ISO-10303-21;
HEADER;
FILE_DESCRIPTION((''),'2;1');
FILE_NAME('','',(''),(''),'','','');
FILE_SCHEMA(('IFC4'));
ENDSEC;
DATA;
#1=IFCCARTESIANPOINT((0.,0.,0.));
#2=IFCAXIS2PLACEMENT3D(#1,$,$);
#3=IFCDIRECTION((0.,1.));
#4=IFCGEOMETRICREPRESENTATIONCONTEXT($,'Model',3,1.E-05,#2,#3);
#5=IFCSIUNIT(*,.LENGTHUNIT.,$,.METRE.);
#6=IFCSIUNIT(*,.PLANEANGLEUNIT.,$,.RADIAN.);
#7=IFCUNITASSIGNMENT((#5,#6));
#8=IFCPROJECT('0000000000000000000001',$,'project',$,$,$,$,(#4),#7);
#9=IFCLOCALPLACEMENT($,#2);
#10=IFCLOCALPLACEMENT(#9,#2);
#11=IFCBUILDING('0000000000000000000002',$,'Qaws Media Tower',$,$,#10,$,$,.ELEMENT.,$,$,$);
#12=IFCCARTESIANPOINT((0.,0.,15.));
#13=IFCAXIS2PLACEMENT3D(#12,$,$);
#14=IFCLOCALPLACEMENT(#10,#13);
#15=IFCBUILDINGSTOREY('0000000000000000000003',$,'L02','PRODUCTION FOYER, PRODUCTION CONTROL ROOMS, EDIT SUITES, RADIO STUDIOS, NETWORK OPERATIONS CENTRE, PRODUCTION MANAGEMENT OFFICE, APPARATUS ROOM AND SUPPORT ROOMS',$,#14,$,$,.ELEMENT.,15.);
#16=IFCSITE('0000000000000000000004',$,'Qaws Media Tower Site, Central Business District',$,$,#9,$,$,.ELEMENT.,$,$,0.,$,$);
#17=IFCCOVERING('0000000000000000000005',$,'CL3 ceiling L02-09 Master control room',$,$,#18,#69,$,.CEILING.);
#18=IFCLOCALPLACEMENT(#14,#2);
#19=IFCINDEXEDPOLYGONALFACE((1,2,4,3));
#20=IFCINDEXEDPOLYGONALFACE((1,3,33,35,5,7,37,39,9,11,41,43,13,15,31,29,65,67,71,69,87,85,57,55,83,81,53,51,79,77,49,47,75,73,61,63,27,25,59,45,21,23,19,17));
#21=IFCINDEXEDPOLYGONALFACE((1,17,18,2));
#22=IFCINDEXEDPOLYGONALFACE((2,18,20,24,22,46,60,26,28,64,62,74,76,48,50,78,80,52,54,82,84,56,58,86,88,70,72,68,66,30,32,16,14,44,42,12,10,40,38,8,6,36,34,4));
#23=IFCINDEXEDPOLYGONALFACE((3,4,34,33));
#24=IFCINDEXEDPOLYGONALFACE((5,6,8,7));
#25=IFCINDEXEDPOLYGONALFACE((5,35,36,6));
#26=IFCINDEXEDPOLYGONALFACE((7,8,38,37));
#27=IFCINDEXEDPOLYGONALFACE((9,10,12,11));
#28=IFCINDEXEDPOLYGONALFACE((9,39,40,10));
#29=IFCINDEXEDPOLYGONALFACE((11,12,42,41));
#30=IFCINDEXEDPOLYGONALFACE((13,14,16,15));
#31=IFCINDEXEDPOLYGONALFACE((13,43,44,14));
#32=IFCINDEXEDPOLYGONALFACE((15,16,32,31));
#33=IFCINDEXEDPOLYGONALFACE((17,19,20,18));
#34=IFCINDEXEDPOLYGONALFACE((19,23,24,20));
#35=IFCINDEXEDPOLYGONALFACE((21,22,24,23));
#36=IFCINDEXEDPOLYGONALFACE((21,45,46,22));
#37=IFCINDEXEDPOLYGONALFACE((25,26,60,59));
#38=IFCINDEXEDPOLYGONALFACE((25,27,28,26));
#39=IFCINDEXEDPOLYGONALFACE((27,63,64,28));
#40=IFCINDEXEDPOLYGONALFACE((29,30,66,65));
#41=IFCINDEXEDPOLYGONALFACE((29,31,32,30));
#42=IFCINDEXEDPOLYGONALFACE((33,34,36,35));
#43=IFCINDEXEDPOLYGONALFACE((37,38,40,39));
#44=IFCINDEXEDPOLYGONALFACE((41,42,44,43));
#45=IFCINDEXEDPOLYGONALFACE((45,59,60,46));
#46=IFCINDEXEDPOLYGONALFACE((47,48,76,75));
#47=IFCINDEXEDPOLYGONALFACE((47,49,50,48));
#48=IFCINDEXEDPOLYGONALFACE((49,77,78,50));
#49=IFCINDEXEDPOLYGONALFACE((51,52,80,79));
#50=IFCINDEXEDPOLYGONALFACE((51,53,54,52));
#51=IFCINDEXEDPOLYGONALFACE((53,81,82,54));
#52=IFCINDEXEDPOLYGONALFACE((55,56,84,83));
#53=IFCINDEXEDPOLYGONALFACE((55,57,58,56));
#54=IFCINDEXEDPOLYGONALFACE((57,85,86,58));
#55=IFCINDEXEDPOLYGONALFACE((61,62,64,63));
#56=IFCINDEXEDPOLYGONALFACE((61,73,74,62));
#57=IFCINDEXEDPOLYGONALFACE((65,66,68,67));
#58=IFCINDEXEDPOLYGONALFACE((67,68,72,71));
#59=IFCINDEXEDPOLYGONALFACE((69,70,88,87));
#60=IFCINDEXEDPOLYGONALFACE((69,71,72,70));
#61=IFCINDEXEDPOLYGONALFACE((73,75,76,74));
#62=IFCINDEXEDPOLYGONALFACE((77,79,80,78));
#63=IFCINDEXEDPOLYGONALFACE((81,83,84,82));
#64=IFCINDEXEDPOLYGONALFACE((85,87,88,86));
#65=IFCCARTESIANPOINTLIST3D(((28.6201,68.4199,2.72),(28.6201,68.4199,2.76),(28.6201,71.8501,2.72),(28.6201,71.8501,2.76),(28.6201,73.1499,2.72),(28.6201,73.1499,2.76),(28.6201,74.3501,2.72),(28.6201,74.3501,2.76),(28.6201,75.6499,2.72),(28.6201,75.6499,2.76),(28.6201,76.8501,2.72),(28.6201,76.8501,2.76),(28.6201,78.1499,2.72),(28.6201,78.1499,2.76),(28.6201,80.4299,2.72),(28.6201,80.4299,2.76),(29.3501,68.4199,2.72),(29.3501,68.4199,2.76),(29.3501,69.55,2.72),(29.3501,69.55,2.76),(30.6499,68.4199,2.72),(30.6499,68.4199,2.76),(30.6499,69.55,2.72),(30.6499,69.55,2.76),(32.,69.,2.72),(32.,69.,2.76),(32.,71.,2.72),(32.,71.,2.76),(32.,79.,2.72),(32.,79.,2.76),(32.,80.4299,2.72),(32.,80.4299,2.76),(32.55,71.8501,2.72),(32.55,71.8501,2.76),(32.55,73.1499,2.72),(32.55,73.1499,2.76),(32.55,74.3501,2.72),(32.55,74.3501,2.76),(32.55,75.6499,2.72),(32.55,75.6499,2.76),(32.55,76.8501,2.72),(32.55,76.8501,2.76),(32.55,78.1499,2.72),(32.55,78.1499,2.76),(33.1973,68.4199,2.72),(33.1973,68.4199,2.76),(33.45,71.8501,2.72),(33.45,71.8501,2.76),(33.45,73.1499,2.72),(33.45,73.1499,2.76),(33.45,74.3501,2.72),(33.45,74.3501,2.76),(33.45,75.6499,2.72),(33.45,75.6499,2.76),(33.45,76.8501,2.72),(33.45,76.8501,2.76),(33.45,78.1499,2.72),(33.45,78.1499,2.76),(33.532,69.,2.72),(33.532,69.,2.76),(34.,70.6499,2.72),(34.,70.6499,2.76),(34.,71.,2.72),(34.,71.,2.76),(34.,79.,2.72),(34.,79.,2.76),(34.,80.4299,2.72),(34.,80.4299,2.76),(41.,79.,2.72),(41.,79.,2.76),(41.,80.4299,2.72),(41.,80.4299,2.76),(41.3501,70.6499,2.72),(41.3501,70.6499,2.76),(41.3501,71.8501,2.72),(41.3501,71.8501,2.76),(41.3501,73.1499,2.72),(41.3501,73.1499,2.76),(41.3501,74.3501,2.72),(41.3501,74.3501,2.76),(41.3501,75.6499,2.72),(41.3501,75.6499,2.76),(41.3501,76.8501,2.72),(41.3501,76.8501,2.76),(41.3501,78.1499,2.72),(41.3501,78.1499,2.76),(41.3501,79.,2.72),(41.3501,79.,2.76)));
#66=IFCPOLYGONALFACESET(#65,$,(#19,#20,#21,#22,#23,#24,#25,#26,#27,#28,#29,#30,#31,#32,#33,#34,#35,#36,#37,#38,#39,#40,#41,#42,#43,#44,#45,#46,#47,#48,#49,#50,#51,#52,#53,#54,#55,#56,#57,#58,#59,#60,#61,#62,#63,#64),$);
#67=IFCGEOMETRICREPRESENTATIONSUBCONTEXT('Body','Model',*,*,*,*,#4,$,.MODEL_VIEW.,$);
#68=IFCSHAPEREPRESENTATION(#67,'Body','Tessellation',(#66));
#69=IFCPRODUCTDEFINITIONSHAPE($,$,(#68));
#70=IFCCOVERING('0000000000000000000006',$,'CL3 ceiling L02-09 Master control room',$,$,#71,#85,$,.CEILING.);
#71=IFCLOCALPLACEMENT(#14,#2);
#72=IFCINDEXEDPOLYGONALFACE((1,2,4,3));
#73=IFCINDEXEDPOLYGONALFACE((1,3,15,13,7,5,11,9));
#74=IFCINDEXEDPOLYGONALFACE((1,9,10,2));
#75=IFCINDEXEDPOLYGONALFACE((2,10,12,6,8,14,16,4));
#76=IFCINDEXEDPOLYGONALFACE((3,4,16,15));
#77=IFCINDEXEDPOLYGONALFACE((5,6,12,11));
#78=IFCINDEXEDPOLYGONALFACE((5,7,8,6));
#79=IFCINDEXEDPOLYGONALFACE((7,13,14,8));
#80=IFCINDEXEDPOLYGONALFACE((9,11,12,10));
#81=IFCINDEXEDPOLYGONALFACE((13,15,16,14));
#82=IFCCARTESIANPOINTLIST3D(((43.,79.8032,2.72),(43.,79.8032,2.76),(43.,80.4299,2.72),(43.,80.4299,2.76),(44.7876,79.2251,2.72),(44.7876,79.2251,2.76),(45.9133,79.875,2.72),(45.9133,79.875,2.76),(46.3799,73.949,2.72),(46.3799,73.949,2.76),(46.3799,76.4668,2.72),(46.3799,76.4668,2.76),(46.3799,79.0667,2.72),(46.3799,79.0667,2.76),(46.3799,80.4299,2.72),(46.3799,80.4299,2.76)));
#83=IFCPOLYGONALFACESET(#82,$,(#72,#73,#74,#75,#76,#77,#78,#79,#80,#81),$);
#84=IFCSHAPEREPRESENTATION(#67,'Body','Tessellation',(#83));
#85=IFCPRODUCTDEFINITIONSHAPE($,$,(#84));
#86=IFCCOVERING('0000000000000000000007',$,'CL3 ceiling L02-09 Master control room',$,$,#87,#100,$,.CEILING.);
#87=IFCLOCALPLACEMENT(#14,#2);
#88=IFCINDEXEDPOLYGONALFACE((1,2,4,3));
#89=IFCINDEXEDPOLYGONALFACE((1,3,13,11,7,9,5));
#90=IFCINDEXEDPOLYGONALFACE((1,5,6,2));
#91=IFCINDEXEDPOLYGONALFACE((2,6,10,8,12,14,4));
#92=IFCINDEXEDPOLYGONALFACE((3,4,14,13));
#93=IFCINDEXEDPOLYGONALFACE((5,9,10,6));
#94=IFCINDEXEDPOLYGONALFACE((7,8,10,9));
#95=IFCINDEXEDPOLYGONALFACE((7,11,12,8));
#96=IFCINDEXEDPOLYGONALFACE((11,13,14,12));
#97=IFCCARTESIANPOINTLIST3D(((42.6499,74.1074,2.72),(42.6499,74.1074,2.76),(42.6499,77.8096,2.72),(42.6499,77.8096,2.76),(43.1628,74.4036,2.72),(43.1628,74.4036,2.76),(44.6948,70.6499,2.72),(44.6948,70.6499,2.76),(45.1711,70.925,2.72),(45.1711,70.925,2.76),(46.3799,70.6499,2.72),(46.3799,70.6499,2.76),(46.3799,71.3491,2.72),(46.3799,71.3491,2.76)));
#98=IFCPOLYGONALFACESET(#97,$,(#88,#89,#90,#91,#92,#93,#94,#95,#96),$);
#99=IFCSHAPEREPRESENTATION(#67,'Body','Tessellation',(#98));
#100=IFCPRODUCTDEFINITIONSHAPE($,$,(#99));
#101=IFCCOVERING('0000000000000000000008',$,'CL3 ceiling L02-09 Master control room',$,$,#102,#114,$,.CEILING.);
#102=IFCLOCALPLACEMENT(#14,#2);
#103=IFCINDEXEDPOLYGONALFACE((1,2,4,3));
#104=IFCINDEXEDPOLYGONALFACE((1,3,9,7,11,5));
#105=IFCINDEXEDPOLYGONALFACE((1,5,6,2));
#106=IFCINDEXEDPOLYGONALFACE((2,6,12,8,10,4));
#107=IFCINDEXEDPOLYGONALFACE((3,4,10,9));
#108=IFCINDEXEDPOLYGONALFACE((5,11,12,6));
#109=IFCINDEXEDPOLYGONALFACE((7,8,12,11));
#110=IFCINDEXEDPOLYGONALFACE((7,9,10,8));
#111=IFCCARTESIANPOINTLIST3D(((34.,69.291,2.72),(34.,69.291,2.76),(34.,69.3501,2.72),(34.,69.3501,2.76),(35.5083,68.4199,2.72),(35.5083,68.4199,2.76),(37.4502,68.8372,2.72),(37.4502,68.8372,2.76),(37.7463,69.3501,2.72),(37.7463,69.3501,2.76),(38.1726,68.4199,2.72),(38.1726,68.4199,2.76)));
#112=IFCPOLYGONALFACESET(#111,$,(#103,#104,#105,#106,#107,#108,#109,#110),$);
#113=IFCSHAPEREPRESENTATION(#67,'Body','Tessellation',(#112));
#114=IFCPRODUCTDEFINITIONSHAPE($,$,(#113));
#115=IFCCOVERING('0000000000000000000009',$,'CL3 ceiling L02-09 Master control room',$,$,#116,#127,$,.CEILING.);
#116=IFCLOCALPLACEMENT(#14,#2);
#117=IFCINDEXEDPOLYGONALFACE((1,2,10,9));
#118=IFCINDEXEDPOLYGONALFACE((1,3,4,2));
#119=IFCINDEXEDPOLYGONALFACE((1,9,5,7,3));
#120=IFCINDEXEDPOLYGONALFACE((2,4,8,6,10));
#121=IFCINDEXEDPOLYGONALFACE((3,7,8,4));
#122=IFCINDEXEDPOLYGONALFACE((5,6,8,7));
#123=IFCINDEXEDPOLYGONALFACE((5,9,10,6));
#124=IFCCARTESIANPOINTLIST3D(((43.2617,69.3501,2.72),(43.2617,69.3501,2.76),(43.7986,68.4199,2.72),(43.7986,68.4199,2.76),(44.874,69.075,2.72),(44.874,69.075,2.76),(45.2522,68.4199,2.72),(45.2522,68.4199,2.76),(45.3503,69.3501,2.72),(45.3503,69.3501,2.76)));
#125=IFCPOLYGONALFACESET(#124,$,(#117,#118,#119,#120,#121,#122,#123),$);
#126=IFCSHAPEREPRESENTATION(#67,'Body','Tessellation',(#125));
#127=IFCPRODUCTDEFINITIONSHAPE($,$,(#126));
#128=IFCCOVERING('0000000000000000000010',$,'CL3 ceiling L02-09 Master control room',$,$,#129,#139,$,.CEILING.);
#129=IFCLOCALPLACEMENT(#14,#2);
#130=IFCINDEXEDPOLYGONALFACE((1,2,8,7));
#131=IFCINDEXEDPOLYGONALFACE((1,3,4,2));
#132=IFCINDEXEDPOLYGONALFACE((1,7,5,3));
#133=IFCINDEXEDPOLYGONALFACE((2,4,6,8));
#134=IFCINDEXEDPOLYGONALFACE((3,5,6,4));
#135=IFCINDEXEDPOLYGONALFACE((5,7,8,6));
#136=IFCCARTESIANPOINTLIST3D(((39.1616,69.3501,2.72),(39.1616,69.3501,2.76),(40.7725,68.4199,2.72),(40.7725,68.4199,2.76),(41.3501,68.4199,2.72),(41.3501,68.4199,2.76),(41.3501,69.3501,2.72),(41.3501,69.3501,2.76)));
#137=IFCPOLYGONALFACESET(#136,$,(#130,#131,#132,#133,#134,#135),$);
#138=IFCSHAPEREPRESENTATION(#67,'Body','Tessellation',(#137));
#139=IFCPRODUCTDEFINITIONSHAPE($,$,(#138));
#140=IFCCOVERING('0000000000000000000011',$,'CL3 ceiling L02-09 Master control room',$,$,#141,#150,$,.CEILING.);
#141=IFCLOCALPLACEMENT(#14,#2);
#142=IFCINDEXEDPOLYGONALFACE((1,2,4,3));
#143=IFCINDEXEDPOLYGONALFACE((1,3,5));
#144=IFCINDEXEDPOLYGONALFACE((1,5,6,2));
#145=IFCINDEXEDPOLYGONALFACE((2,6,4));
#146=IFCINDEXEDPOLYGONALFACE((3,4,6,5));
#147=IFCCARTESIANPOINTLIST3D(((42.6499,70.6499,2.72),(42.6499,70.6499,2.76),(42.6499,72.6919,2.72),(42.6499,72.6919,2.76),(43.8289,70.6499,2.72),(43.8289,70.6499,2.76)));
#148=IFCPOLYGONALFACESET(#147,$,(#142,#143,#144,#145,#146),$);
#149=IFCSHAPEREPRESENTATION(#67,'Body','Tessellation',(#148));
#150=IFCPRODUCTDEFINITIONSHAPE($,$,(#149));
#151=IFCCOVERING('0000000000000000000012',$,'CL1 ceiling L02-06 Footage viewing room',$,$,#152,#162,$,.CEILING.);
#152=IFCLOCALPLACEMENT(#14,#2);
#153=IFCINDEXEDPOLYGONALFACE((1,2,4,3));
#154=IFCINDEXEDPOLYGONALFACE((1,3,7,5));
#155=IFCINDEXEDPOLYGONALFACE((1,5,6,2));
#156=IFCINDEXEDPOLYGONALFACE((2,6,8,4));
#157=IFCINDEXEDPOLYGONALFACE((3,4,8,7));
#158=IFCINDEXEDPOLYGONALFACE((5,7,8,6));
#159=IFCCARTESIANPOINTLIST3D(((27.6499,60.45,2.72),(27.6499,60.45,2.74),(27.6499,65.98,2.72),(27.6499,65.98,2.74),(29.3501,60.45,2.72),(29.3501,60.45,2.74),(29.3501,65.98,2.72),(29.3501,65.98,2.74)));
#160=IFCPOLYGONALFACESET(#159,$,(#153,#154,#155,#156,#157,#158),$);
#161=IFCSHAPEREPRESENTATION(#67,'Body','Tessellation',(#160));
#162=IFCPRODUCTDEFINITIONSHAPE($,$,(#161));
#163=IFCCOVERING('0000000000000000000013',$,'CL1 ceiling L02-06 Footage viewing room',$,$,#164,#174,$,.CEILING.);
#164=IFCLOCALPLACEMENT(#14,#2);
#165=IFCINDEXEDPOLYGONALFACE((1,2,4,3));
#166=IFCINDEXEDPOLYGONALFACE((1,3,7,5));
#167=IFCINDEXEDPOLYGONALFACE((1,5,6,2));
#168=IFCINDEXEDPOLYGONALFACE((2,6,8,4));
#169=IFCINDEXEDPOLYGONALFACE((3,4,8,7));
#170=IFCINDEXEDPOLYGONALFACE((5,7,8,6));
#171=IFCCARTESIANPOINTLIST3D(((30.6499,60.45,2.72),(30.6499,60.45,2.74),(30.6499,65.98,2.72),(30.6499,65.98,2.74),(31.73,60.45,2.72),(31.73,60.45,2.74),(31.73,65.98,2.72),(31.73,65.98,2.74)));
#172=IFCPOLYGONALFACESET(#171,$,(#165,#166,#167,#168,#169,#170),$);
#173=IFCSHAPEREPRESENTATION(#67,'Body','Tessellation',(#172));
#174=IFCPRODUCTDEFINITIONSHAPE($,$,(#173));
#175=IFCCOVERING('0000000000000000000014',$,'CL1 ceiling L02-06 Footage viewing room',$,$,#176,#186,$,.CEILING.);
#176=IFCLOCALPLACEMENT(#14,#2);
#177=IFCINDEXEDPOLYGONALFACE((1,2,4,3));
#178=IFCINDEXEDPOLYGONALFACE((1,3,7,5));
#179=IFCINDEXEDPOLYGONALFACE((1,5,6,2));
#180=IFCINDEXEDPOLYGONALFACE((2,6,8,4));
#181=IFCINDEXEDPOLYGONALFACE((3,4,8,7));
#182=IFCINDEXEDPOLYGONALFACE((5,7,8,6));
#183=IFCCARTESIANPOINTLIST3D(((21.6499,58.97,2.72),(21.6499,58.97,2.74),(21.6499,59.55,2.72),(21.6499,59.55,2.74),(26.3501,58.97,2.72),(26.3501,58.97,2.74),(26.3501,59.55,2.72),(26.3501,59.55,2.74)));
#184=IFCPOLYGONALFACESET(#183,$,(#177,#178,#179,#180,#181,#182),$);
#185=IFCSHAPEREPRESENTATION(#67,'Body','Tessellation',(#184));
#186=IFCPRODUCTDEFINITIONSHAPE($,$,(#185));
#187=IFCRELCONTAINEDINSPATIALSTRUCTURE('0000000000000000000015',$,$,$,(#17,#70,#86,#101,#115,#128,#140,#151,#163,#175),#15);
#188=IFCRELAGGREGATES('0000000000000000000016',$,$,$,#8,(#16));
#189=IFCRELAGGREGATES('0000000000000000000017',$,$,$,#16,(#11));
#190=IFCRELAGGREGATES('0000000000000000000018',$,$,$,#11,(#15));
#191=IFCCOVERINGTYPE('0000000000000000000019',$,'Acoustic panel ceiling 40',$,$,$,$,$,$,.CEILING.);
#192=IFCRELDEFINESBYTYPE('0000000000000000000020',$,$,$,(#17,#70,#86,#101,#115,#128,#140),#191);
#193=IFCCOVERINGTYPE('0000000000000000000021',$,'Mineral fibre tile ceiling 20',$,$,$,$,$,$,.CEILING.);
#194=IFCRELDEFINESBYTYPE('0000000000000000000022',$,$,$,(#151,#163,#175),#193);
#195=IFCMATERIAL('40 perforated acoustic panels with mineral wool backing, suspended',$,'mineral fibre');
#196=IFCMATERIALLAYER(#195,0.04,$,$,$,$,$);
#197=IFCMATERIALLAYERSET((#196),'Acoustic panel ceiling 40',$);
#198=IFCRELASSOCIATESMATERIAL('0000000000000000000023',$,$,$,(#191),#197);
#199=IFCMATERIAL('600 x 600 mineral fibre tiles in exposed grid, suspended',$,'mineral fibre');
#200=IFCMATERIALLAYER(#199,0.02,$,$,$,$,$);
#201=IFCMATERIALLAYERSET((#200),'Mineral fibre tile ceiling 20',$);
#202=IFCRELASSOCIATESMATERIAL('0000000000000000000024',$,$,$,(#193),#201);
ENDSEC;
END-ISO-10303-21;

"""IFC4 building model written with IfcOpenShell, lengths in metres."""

from ifc_helpers import new_model, si_unit, direction, frame, origin, place, context, subcontext, project, spatial, polyline, outline, extrude, material, layer, layer_set, type_object, element, save


model = new_model("IFC4")

# Units and contexts
model_context = context("Model", 3, precision=1e-05, world=origin(), true_north=direction((0.0, 1.0)))
body_context = subcontext(model_context, "Body", "Model", "MODEL_VIEW")
ifc_project = project(units=[si_unit("LENGTHUNIT", "METRE"), si_unit("PLANEANGLEUNIT", "RADIAN")], contexts=[model_context])

# Site, building, storey
site_placement = place(None, origin())
site = spatial("IfcSite", under=ifc_project, at=site_placement, Name="Qaws Media Tower Site, Central Business District", CompositionType="ELEMENT", RefElevation=0.0)
building_placement = place(site_placement, origin())
building = spatial("IfcBuilding", under=site, at=building_placement, Name="Qaws Media Tower", CompositionType="ELEMENT")
storey_placement = place(building_placement, frame((0.0, 0.0, 15.0)))
storey = spatial("IfcBuildingStorey", under=building, at=storey_placement, Name="L02", Description="PRODUCTION FOYER, PRODUCTION CONTROL ROOMS, EDIT SUITES, RADIO STUDIOS, NETWORK OPERATIONS CENTRE, PRODUCTION MANAGEMENT OFFICE, APPARATUS ROOM AND SUPPORT ROOMS", CompositionType="ELEMENT", Elevation=15.0)

# Coverings
ifc_material_1 = material(Name="40 perforated acoustic panels with mineral wool backing, suspended", Category="mineral fibre")
ifc_layer_1 = layer(ifc_material_1, 0.04)
ifc_layer_set_1 = layer_set([ifc_layer_1], Name="Acoustic panel ceiling 40")
covering_type_1 = type_object("IfcCoveringType", Name="Acoustic panel ceiling 40", PredefinedType="CEILING", material=ifc_layer_set_1)
covering_1_placement = place(storey_placement, frame((0.0, 0.0, 2.72)))
element("IfcCovering", 1, at=covering_1_placement, inside=storey, type_object=covering_type_1, Name="CL3 ceiling L02-09 Master control room", PredefinedType="CEILING", context=body_context, shape_type="SweptSolid", body=[
    extrude(outline(polyline([(32.0, 80.4299), (32.0, 79.0), (34.0, 79.0), (34.0, 80.4299), (41.0, 80.4299), (41.0, 79.0), (41.3501, 79.0), (41.3501, 78.1499), (33.45, 78.1499), (33.45, 76.8501), (41.3501, 76.8501), (41.3501, 75.6499), (33.45, 75.6499), (33.45, 74.3501), (41.3501, 74.3501), (41.3501, 73.1499), (33.45, 73.1499), (33.45, 71.8501), (41.3501, 71.8501), (41.3501, 70.6499), (34.0, 70.6499), (34.0, 71.0), (32.0, 71.0), (32.0, 69.0), (33.532, 69.0), (33.1973, 68.4199), (30.6499, 68.4199), (30.6499, 69.55), (29.3501, 69.55), (29.3501, 68.4199), (28.6201, 68.4199), (28.6201, 71.8501), (32.55, 71.8501), (32.55, 73.1499), (28.6201, 73.1499), (28.6201, 74.3501), (32.55, 74.3501), (32.55, 75.6499), (28.6201, 75.6499), (28.6201, 76.8501), (32.55, 76.8501), (32.55, 78.1499), (28.6201, 78.1499), (28.6201, 80.4299), (32.0, 80.4299)])), origin(), (0.0, 0.0, 1.0), 0.04),
])
covering_2_placement = place(storey_placement, frame((0.0, 0.0, 2.72)))
element("IfcCovering", 2, at=covering_2_placement, inside=storey, type_object=covering_type_1, Name="CL3 ceiling L02-09 Master control room", PredefinedType="CEILING", context=body_context, shape_type="SweptSolid", body=[
    extrude(outline(polyline([(43.0, 80.4299), (46.3799, 80.4299), (46.3799, 79.0667), (45.9133, 79.875), (44.7876, 79.2251), (46.3799, 76.4668), (46.3799, 73.949), (43.0, 79.8032), (43.0, 80.4299)])), origin(), (0.0, 0.0, 1.0), 0.04),
])
covering_3_placement = place(storey_placement, frame((0.0, 0.0, 2.72)))
element("IfcCovering", 3, at=covering_3_placement, inside=storey, type_object=covering_type_1, Name="CL3 ceiling L02-09 Master control room", PredefinedType="CEILING", context=body_context, shape_type="SweptSolid", body=[
    extrude(outline(polyline([(46.3799, 70.6499), (44.6948, 70.6499), (45.1711, 70.925), (43.1628, 74.4036), (42.6499, 74.1074), (42.6499, 77.8096), (46.3799, 71.3491), (46.3799, 70.6499)])), origin(), (0.0, 0.0, 1.0), 0.04),
])
covering_4_placement = place(storey_placement, frame((0.0, 0.0, 2.72)))
element("IfcCovering", 4, at=covering_4_placement, inside=storey, type_object=covering_type_1, Name="CL3 ceiling L02-09 Master control room", PredefinedType="CEILING", context=body_context, shape_type="SweptSolid", body=[
    extrude(outline(polyline([(35.5083, 68.4199), (34.0, 69.291), (34.0, 69.3501), (37.7463, 69.3501), (37.4502, 68.8372), (38.1726, 68.4199), (35.5083, 68.4199)])), origin(), (0.0, 0.0, 1.0), 0.04),
])
covering_5_placement = place(storey_placement, frame((0.0, 0.0, 2.72)))
element("IfcCovering", 5, at=covering_5_placement, inside=storey, type_object=covering_type_1, Name="CL3 ceiling L02-09 Master control room", PredefinedType="CEILING", context=body_context, shape_type="SweptSolid", body=[
    extrude(outline(polyline([(43.7986, 68.4199), (43.2617, 69.3501), (45.3503, 69.3501), (44.874, 69.075), (45.2522, 68.4199), (43.7986, 68.4199)])), origin(), (0.0, 0.0, 1.0), 0.04),
])
covering_6_placement = place(storey_placement, frame((0.0, 0.0, 2.72)))
element("IfcCovering", 6, at=covering_6_placement, inside=storey, type_object=covering_type_1, Name="CL3 ceiling L02-09 Master control room", PredefinedType="CEILING", context=body_context, shape_type="SweptSolid", body=[
    extrude(outline(polyline([(40.7725, 68.4199), (39.1616, 69.3501), (41.3501, 69.3501), (41.3501, 68.4199), (40.7725, 68.4199)])), origin(), (0.0, 0.0, 1.0), 0.04),
])
covering_7_placement = place(storey_placement, frame((0.0, 0.0, 2.72)))
element("IfcCovering", 7, at=covering_7_placement, inside=storey, type_object=covering_type_1, Name="CL3 ceiling L02-09 Master control room", PredefinedType="CEILING", context=body_context, shape_type="SweptSolid", body=[
    extrude(outline(polyline([(43.8289, 70.6499), (42.6499, 70.6499), (42.6499, 72.6919), (43.8289, 70.6499)])), origin(), (0.0, 0.0, 1.0), 0.04),
])
ifc_material_2 = material(Name="600 x 600 mineral fibre tiles in exposed grid, suspended", Category="mineral fibre")
ifc_layer_2 = layer(ifc_material_2, 0.02)
ifc_layer_set_2 = layer_set([ifc_layer_2], Name="Mineral fibre tile ceiling 20")
covering_type_2 = type_object("IfcCoveringType", Name="Mineral fibre tile ceiling 20", PredefinedType="CEILING", material=ifc_layer_set_2)
covering_8_placement = place(storey_placement, frame((0.0, 0.0, 2.72)))
element("IfcCovering", 8, at=covering_8_placement, inside=storey, type_object=covering_type_2, Name="CL1 ceiling L02-06 Footage viewing room", PredefinedType="CEILING", context=body_context, shape_type="SweptSolid", body=[
    extrude(outline(polyline([(29.3501, 65.98), (29.3501, 60.45), (27.6499, 60.45), (27.6499, 65.98), (29.3501, 65.98)])), origin(), (0.0, 0.0, 1.0), 0.02),
])
covering_9_placement = place(storey_placement, frame((0.0, 0.0, 2.72)))
element("IfcCovering", 9, at=covering_9_placement, inside=storey, type_object=covering_type_2, Name="CL1 ceiling L02-06 Footage viewing room", PredefinedType="CEILING", context=body_context, shape_type="SweptSolid", body=[
    extrude(outline(polyline([(31.73, 65.98), (31.73, 60.45), (30.6499, 60.45), (30.6499, 65.98), (31.73, 65.98)])), origin(), (0.0, 0.0, 1.0), 0.02),
])
covering_10_placement = place(storey_placement, frame((0.0, 0.0, 2.72)))
element("IfcCovering", 10, at=covering_10_placement, inside=storey, type_object=covering_type_2, Name="CL1 ceiling L02-06 Footage viewing room", PredefinedType="CEILING", context=body_context, shape_type="SweptSolid", body=[
    extrude(outline(polyline([(21.6499, 58.97), (21.6499, 59.55), (26.3501, 59.55), (26.3501, 58.97), (21.6499, 58.97)])), origin(), (0.0, 0.0, 1.0), 0.02),
])

save(model, "model.ifc")
